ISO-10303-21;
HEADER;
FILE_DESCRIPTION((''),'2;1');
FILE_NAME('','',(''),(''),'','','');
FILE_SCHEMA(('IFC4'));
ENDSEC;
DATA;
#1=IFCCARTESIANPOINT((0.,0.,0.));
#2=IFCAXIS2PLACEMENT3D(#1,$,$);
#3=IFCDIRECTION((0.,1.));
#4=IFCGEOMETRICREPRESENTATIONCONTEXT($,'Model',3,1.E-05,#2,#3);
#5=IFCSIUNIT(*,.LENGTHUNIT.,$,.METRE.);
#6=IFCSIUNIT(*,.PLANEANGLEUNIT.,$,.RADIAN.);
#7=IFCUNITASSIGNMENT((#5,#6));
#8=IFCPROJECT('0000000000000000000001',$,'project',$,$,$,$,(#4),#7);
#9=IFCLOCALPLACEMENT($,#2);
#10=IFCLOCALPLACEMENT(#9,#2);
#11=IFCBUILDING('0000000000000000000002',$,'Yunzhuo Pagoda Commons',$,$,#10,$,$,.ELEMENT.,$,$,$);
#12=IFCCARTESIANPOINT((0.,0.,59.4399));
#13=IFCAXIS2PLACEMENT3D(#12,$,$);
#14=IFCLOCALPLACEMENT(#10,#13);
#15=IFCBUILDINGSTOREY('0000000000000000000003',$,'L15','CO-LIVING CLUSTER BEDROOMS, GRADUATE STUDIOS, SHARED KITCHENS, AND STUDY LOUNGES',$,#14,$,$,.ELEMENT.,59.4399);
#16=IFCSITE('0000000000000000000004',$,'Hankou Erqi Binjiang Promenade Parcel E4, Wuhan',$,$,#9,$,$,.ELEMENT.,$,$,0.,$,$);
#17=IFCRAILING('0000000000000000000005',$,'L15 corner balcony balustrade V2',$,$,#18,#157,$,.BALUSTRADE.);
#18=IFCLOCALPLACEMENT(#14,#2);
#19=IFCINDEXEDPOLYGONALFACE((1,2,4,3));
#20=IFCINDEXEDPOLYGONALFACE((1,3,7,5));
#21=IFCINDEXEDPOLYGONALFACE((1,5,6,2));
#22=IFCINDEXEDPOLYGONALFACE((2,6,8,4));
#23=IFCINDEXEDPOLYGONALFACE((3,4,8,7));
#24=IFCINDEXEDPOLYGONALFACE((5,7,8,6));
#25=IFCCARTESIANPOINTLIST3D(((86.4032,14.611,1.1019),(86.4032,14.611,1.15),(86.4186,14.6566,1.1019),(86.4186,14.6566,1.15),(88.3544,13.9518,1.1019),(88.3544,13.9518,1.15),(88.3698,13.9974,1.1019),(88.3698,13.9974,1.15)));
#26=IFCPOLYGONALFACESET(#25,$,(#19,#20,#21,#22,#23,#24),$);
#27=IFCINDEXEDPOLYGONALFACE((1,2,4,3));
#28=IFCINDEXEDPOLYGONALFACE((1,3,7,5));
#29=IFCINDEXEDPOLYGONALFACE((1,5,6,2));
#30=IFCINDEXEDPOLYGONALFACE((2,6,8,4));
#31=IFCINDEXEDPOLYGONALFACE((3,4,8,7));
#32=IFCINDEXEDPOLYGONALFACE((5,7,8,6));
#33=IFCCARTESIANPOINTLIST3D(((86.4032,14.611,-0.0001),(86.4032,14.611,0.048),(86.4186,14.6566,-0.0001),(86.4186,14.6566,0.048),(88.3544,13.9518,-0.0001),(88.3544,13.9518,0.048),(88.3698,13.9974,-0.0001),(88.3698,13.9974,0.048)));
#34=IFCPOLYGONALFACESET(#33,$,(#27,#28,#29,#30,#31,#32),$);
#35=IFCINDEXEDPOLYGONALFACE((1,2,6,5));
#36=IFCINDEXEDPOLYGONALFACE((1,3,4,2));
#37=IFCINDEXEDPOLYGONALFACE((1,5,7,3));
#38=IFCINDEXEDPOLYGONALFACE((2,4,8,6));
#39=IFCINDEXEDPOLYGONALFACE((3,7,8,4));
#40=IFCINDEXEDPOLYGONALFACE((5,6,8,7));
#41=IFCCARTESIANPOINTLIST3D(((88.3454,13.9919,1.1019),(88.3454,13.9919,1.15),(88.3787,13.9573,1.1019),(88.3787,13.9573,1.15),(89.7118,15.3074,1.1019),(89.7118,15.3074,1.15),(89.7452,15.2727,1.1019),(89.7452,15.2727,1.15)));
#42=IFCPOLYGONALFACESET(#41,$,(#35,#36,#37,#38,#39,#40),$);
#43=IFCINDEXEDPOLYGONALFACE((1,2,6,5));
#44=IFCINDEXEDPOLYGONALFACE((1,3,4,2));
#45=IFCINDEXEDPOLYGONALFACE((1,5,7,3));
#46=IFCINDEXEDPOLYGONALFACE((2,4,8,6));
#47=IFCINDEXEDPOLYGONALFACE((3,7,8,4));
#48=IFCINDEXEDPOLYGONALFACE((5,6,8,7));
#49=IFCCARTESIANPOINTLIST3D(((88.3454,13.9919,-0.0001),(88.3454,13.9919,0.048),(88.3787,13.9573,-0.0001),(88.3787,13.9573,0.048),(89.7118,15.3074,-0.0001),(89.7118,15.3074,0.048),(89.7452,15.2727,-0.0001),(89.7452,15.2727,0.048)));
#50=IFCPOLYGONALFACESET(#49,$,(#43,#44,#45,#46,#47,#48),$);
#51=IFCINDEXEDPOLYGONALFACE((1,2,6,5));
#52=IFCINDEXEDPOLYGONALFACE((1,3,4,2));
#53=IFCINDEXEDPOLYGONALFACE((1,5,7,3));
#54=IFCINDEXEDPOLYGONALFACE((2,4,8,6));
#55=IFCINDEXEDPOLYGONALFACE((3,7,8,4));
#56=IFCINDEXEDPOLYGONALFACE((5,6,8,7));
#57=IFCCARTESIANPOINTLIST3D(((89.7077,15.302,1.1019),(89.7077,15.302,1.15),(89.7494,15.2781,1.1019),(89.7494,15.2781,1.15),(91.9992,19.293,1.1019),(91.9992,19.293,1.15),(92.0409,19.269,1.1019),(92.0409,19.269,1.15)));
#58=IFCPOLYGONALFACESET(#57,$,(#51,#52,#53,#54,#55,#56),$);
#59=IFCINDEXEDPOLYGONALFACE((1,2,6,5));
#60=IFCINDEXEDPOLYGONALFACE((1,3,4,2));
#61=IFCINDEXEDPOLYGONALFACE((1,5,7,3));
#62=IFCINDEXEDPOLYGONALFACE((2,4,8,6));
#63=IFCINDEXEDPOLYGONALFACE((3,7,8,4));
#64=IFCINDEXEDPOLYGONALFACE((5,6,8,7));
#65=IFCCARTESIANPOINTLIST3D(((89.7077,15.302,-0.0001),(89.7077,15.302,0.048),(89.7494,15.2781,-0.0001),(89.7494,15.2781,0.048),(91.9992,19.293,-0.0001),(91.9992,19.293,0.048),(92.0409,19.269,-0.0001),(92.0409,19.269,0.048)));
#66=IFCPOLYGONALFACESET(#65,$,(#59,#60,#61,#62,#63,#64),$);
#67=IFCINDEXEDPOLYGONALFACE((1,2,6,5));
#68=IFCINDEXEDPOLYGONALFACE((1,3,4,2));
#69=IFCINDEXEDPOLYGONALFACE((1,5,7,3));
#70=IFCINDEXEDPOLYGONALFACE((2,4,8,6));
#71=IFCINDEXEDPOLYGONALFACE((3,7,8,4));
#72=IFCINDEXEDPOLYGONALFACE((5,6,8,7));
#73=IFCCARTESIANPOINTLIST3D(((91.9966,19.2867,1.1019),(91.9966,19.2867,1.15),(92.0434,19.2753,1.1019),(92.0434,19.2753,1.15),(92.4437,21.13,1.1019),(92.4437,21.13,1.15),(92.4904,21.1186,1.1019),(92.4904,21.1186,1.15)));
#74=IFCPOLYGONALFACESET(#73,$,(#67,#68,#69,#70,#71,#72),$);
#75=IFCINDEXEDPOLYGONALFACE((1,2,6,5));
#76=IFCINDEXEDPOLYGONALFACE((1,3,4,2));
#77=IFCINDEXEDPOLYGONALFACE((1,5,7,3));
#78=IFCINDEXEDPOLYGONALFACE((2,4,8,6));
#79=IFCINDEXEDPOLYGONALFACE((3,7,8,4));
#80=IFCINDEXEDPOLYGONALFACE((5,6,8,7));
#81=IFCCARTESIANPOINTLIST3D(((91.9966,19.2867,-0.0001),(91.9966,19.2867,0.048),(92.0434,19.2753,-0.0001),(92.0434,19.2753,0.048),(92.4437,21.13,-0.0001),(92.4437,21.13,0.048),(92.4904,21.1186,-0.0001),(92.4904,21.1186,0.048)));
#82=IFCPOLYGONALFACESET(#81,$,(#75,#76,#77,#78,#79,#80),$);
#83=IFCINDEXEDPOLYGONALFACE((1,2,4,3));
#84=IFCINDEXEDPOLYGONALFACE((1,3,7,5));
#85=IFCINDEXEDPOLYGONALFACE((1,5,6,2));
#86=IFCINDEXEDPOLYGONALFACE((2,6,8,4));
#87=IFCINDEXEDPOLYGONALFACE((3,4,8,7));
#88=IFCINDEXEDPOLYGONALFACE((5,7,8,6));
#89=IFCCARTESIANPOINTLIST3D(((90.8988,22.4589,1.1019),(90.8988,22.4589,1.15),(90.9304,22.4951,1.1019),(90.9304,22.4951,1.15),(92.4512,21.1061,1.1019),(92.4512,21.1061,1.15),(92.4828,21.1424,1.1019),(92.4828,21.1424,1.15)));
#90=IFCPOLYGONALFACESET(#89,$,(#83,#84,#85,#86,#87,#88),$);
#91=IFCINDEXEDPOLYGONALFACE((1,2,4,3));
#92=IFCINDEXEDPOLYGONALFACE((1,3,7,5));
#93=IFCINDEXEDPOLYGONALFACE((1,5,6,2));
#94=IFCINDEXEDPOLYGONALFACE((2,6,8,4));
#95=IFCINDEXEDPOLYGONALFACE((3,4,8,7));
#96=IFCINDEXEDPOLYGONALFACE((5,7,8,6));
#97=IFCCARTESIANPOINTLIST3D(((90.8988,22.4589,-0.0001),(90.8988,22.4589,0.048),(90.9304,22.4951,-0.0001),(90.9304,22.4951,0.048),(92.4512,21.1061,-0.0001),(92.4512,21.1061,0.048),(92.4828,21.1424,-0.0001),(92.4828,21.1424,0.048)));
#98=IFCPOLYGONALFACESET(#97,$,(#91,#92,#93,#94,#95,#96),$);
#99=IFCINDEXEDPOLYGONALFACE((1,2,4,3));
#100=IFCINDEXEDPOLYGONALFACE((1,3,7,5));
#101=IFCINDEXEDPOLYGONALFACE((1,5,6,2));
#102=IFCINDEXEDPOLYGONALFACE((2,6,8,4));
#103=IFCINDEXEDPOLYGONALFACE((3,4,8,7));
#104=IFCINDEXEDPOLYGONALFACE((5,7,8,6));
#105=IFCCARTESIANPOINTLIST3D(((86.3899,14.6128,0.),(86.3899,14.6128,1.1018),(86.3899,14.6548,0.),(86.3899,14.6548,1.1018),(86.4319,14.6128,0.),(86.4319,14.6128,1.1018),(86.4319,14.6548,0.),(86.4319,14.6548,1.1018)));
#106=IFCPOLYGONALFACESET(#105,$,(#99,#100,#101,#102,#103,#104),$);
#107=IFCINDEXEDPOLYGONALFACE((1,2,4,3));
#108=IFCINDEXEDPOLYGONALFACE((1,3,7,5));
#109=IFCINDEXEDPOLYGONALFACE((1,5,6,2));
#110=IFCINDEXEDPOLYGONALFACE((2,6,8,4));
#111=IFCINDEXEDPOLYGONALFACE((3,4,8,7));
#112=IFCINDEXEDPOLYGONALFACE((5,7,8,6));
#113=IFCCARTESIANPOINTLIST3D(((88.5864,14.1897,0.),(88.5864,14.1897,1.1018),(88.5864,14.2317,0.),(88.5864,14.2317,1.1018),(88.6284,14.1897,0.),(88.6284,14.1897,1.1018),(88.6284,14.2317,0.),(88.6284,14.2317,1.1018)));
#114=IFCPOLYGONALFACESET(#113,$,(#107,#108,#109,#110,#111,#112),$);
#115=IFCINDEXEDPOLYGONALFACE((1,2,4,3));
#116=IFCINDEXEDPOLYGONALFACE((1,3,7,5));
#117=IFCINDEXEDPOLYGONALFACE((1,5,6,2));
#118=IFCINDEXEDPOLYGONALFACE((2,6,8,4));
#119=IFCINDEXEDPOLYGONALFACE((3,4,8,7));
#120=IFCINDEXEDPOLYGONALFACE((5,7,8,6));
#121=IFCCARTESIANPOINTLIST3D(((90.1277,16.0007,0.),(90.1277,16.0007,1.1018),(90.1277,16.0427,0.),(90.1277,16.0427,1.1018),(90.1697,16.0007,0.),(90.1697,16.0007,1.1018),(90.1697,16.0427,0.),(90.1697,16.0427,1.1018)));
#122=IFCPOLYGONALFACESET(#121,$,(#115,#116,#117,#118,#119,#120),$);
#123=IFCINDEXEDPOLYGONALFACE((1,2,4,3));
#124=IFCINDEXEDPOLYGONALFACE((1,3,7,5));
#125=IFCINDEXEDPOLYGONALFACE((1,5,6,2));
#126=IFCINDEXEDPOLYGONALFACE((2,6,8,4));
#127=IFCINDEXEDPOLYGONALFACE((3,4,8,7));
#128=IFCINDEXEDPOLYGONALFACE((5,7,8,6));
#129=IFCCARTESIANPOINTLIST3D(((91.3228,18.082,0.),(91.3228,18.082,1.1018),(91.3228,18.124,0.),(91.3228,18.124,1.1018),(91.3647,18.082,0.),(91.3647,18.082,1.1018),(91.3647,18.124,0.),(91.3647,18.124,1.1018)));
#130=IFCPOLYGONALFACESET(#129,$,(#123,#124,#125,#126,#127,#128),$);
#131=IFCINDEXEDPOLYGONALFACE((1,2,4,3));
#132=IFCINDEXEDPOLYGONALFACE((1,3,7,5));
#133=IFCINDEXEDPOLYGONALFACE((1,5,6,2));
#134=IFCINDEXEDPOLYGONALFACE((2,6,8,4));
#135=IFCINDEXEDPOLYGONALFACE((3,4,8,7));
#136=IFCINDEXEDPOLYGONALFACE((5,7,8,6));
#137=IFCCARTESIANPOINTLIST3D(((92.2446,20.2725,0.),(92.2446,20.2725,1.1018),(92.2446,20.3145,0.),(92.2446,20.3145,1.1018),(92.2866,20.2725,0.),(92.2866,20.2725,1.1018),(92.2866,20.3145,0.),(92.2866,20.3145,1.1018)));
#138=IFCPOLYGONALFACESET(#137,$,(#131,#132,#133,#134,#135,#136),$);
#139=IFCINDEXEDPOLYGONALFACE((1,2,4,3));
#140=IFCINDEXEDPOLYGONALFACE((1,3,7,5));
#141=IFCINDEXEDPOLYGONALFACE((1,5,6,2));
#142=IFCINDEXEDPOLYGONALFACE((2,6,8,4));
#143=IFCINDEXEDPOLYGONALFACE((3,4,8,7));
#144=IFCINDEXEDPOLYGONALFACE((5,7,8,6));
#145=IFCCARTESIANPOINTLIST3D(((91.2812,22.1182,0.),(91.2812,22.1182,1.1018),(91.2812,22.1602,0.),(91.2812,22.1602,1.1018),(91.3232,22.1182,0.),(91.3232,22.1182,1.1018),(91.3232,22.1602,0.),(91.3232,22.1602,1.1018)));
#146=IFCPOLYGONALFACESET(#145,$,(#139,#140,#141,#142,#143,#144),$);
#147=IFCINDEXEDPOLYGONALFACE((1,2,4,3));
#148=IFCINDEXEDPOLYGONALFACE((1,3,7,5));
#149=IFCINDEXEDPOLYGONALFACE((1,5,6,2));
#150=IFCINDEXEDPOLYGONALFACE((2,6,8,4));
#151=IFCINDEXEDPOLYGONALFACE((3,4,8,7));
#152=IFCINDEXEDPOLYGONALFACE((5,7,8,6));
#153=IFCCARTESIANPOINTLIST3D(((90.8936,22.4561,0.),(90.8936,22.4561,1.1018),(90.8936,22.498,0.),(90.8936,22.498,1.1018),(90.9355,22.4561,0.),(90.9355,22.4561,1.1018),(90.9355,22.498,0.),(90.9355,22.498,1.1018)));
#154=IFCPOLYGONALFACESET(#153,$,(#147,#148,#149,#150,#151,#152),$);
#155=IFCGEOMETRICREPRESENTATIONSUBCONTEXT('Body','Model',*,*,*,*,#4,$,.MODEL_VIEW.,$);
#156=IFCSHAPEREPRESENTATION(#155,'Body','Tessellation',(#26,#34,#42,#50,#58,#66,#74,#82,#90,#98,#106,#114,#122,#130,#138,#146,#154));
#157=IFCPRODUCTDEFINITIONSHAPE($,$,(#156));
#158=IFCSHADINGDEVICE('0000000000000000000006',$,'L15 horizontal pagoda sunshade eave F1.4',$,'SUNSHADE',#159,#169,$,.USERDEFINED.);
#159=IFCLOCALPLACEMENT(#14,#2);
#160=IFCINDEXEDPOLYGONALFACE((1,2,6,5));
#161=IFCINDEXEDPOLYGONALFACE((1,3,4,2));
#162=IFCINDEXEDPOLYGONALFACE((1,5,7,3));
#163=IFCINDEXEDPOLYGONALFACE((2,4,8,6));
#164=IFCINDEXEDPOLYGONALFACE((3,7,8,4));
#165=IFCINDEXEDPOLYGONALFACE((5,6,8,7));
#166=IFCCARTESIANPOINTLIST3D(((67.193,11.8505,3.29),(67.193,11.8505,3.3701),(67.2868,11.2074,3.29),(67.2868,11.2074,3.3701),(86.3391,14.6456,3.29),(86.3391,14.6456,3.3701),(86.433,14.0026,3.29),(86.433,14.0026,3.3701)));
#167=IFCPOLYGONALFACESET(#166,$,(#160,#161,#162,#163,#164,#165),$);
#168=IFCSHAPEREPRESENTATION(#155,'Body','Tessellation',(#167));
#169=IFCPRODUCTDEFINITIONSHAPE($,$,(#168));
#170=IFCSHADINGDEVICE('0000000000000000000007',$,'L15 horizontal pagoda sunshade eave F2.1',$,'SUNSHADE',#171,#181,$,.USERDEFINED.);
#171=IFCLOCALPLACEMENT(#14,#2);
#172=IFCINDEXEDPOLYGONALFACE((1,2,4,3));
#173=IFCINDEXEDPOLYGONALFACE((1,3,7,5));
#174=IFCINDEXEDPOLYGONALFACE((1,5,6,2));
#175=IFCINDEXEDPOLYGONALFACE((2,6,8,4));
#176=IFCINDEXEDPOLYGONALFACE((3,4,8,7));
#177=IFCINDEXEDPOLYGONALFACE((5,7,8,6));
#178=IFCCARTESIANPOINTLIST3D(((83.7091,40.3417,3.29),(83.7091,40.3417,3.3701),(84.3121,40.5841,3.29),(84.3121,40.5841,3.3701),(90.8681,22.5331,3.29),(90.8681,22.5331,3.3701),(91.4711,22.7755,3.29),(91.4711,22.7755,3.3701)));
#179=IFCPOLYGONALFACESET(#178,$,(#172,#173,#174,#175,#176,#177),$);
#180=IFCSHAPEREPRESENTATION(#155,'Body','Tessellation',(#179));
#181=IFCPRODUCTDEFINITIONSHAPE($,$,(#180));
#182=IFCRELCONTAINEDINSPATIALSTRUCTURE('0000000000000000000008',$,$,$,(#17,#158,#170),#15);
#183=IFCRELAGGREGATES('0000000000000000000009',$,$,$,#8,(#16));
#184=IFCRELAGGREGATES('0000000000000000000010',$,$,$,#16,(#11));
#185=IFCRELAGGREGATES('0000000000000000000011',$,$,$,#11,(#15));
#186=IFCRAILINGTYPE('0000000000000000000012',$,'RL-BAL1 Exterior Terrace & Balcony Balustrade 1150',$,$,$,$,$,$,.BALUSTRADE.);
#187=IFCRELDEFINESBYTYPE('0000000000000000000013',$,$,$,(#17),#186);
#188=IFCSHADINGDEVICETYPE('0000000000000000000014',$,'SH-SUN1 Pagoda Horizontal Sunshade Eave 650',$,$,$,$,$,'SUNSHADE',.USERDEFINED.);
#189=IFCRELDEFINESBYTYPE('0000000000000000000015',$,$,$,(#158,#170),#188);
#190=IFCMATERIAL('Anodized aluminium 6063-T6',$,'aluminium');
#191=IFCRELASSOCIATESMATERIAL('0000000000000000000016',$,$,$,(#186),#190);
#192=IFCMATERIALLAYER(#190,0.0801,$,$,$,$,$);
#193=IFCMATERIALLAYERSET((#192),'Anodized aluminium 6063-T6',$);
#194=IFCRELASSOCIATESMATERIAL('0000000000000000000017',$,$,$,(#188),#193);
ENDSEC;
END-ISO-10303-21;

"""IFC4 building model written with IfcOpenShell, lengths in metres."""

from ifc_helpers import new_model, si_unit, direction, frame, origin, origin_2d, place, context, subcontext, project, spatial, rectangle, extrude, source, transform, mapped, material, layer, layer_set, type_object, element, save


model = new_model("IFC4")

# Units and contexts
model_context = context("Model", 3, precision=1e-05, world=origin(), true_north=direction((0.0, 1.0)))
body_context = subcontext(model_context, "Body", "Model", "MODEL_VIEW")
ifc_project = project(units=[si_unit("LENGTHUNIT", "METRE"), si_unit("PLANEANGLEUNIT", "RADIAN")], contexts=[model_context])

# Site, building, storey
site_placement = place(None, origin())
site = spatial("IfcSite", under=ifc_project, at=site_placement, Name="Hankou Erqi Binjiang Promenade Parcel E4, Wuhan", CompositionType="ELEMENT", RefElevation=0.0)
building_placement = place(site_placement, origin())
building = spatial("IfcBuilding", under=site, at=building_placement, Name="Yunzhuo Pagoda Commons", CompositionType="ELEMENT")
storey_placement = place(building_placement, frame((0.0, 0.0, 59.4399)))
storey = spatial("IfcBuildingStorey", under=building, at=storey_placement, Name="L15", Description="CO-LIVING CLUSTER BEDROOMS, GRADUATE STUDIOS, SHARED KITCHENS, AND STUDY LOUNGES", CompositionType="ELEMENT", Elevation=59.4399)

# Shared definitions
ifc_material_1 = material(Name="Anodized aluminium 6063-T6", Category="aluminium")

# Railing
railing_type = type_object("IfcRailingType", Name="RL-BAL1 Exterior Terrace & Balcony Balustrade 1150", PredefinedType="BALUSTRADE", material=ifc_material_1)
railing_placement = place(storey_placement, frame((86.4109, 14.6338, 0.0)))
element("IfcRailing", 1, at=railing_placement, inside=storey, type_object=railing_type, Name="L15 corner balcony balustrade V2", PredefinedType="BALUSTRADE", context=body_context, shape_type="SweptSolid", body=[
    extrude(rectangle(XDim=0.0481, YDim=0.0481, at=origin_2d()), frame((0.0, 0.0, 1.126), z_axis=(0.947395, -0.320066, 0.0), x_axis=(0.320066, 0.947395, 0.0)), (0.0, 0.0, 1.0), 2.0596),
    extrude(rectangle(XDim=0.0481, YDim=0.0481, at=origin_2d()), frame((0.0, 0.0, 0.0239), z_axis=(0.947395, -0.320066, 0.0), x_axis=(0.320066, 0.947395, 0.0)), (0.0, 0.0, 1.0), 2.0596),
    extrude(rectangle(XDim=0.0481, YDim=0.0481, at=origin_2d()), frame((1.9512, -0.6592, 1.126), z_axis=(0.72043, 0.693528, 0.0), x_axis=(-0.693528, 0.72043, 0.0)), (0.0, 0.0, 1.0), 1.8967),
    extrude(rectangle(XDim=0.0481, YDim=0.0481, at=origin_2d()), frame((1.9512, -0.6592, 0.0239), z_axis=(0.72043, 0.693528, 0.0), x_axis=(-0.693528, 0.72043, 0.0)), (0.0, 0.0, 1.0), 1.8967),
    extrude(rectangle(XDim=0.0481, YDim=0.0481, at=origin_2d()), frame((3.3176, 0.6562, 1.126), z_axis=(0.497932, 0.867216, 0.0), x_axis=(-0.867216, 0.497932, 0.0)), (0.0, 0.0, 1.0), 4.6021),
    extrude(rectangle(XDim=0.0481, YDim=0.0481, at=origin_2d()), frame((3.3176, 0.6562, 0.0239), z_axis=(0.497932, 0.867216, 0.0), x_axis=(-0.867216, 0.497932, 0.0)), (0.0, 0.0, 1.0), 4.6021),
    extrude(rectangle(XDim=0.0481, YDim=0.0481, at=origin_2d()), frame((5.6091, 4.6472, 1.126), z_axis=(0.235685, 0.97183, 0.0), x_axis=(-0.97183, 0.235685, 0.0)), (0.0, 0.0, 1.0), 1.8967),
    extrude(rectangle(XDim=0.0481, YDim=0.0481, at=origin_2d()), frame((5.6091, 4.6472, 0.0239), z_axis=(0.235685, 0.97183, 0.0), x_axis=(-0.97183, 0.235685, 0.0)), (0.0, 0.0, 1.0), 1.8967),
    extrude(rectangle(XDim=0.0481, YDim=0.0481, at=origin_2d()), frame((6.0562, 6.4905, 1.126), z_axis=(-0.753934, 0.65695, 0.0), x_axis=(-0.65695, -0.753934, 0.0)), (0.0, 0.0, 1.0), 2.0591),
    extrude(rectangle(XDim=0.0481, YDim=0.0481, at=origin_2d()), frame((6.0562, 6.4905, 0.0239), z_axis=(-0.753934, 0.65695, 0.0), x_axis=(-0.65695, -0.753934, 0.0)), (0.0, 0.0, 1.0), 2.0591),
    extrude(rectangle(XDim=0.042, YDim=0.042, at=origin_2d()), origin(), (0.0, 0.0, 1.0), 1.1018),
    extrude(rectangle(XDim=0.042, YDim=0.042, at=origin_2d()), frame((2.1965, -0.4231, 0.0)), (0.0, 0.0, 1.0), 1.1018),
    extrude(rectangle(XDim=0.042, YDim=0.042, at=origin_2d()), frame((3.7378, 1.3879, 0.0)), (0.0, 0.0, 1.0), 1.1018),
    extrude(rectangle(XDim=0.042, YDim=0.042, at=origin_2d()), frame((4.9329, 3.4692, 0.0)), (0.0, 0.0, 1.0), 1.1018),
    extrude(rectangle(XDim=0.042, YDim=0.042, at=origin_2d()), frame((5.8547, 5.6597, 0.0)), (0.0, 0.0, 1.0), 1.1018),
    extrude(rectangle(XDim=0.042, YDim=0.042, at=origin_2d()), frame((4.8914, 7.5054, 0.0)), (0.0, 0.0, 1.0), 1.1018),
    extrude(rectangle(XDim=0.042, YDim=0.042, at=origin_2d()), frame((4.5037, 7.8433, 0.0)), (0.0, 0.0, 1.0), 1.1018),
])

# Shading devices
ifc_layer_1 = layer(ifc_material_1, 0.0801)
ifc_layer_set_1 = layer_set([ifc_layer_1], Name="Anodized aluminium 6063-T6")
shading_device_type = type_object("IfcShadingDeviceType", Name="SH-SUN1 Pagoda Horizontal Sunshade Eave 650", ElementType="SUNSHADE", PredefinedType="USERDEFINED", material=ifc_layer_set_1)
shared_shape_1 = source(origin(), body_context, "Body", "SweptSolid", [
    extrude(rectangle(XDim=19.3491, YDim=0.6499, at=origin_2d()), origin(), (0.0, 0.0, 1.0), 0.0801),
])
shading_device_1_placement = place(storey_placement, frame((76.813, 12.9265, 3.29), z_axis=(0.0, 0.0, 1.0), x_axis=(0.989511, 0.14446, 0.0)))
element("IfcShadingDevice", 2, at=shading_device_1_placement, inside=storey, type_object=shading_device_type, Name="L15 horizontal pagoda sunshade eave F1.4", ObjectType="SUNSHADE", PredefinedType="USERDEFINED", context=body_context, shape_type="MappedRepresentation", body=[
    mapped(shared_shape_1, transform((0.0, 0.0, 0.0), scale=1.0)),
])
shared_shape_2 = source(origin(), body_context, "Body", "SweptSolid", [
    extrude(rectangle(XDim=19.1936, YDim=0.6499, at=origin_2d()), origin(), (0.0, 0.0, 1.0), 0.0801),
])
shading_device_2_placement = place(storey_placement, frame((87.5901, 31.5586, 3.29), z_axis=(0.0, 0.0, 1.0), x_axis=(-0.372988, 0.927836, 0.0)))
element("IfcShadingDevice", 3, at=shading_device_2_placement, inside=storey, type_object=shading_device_type, Name="L15 horizontal pagoda sunshade eave F2.1", ObjectType="SUNSHADE", PredefinedType="USERDEFINED", context=body_context, shape_type="MappedRepresentation", body=[
    mapped(shared_shape_2, transform((0.0, 0.0, 0.0), scale=1.0)),
])

save(model, "model.ifc")
